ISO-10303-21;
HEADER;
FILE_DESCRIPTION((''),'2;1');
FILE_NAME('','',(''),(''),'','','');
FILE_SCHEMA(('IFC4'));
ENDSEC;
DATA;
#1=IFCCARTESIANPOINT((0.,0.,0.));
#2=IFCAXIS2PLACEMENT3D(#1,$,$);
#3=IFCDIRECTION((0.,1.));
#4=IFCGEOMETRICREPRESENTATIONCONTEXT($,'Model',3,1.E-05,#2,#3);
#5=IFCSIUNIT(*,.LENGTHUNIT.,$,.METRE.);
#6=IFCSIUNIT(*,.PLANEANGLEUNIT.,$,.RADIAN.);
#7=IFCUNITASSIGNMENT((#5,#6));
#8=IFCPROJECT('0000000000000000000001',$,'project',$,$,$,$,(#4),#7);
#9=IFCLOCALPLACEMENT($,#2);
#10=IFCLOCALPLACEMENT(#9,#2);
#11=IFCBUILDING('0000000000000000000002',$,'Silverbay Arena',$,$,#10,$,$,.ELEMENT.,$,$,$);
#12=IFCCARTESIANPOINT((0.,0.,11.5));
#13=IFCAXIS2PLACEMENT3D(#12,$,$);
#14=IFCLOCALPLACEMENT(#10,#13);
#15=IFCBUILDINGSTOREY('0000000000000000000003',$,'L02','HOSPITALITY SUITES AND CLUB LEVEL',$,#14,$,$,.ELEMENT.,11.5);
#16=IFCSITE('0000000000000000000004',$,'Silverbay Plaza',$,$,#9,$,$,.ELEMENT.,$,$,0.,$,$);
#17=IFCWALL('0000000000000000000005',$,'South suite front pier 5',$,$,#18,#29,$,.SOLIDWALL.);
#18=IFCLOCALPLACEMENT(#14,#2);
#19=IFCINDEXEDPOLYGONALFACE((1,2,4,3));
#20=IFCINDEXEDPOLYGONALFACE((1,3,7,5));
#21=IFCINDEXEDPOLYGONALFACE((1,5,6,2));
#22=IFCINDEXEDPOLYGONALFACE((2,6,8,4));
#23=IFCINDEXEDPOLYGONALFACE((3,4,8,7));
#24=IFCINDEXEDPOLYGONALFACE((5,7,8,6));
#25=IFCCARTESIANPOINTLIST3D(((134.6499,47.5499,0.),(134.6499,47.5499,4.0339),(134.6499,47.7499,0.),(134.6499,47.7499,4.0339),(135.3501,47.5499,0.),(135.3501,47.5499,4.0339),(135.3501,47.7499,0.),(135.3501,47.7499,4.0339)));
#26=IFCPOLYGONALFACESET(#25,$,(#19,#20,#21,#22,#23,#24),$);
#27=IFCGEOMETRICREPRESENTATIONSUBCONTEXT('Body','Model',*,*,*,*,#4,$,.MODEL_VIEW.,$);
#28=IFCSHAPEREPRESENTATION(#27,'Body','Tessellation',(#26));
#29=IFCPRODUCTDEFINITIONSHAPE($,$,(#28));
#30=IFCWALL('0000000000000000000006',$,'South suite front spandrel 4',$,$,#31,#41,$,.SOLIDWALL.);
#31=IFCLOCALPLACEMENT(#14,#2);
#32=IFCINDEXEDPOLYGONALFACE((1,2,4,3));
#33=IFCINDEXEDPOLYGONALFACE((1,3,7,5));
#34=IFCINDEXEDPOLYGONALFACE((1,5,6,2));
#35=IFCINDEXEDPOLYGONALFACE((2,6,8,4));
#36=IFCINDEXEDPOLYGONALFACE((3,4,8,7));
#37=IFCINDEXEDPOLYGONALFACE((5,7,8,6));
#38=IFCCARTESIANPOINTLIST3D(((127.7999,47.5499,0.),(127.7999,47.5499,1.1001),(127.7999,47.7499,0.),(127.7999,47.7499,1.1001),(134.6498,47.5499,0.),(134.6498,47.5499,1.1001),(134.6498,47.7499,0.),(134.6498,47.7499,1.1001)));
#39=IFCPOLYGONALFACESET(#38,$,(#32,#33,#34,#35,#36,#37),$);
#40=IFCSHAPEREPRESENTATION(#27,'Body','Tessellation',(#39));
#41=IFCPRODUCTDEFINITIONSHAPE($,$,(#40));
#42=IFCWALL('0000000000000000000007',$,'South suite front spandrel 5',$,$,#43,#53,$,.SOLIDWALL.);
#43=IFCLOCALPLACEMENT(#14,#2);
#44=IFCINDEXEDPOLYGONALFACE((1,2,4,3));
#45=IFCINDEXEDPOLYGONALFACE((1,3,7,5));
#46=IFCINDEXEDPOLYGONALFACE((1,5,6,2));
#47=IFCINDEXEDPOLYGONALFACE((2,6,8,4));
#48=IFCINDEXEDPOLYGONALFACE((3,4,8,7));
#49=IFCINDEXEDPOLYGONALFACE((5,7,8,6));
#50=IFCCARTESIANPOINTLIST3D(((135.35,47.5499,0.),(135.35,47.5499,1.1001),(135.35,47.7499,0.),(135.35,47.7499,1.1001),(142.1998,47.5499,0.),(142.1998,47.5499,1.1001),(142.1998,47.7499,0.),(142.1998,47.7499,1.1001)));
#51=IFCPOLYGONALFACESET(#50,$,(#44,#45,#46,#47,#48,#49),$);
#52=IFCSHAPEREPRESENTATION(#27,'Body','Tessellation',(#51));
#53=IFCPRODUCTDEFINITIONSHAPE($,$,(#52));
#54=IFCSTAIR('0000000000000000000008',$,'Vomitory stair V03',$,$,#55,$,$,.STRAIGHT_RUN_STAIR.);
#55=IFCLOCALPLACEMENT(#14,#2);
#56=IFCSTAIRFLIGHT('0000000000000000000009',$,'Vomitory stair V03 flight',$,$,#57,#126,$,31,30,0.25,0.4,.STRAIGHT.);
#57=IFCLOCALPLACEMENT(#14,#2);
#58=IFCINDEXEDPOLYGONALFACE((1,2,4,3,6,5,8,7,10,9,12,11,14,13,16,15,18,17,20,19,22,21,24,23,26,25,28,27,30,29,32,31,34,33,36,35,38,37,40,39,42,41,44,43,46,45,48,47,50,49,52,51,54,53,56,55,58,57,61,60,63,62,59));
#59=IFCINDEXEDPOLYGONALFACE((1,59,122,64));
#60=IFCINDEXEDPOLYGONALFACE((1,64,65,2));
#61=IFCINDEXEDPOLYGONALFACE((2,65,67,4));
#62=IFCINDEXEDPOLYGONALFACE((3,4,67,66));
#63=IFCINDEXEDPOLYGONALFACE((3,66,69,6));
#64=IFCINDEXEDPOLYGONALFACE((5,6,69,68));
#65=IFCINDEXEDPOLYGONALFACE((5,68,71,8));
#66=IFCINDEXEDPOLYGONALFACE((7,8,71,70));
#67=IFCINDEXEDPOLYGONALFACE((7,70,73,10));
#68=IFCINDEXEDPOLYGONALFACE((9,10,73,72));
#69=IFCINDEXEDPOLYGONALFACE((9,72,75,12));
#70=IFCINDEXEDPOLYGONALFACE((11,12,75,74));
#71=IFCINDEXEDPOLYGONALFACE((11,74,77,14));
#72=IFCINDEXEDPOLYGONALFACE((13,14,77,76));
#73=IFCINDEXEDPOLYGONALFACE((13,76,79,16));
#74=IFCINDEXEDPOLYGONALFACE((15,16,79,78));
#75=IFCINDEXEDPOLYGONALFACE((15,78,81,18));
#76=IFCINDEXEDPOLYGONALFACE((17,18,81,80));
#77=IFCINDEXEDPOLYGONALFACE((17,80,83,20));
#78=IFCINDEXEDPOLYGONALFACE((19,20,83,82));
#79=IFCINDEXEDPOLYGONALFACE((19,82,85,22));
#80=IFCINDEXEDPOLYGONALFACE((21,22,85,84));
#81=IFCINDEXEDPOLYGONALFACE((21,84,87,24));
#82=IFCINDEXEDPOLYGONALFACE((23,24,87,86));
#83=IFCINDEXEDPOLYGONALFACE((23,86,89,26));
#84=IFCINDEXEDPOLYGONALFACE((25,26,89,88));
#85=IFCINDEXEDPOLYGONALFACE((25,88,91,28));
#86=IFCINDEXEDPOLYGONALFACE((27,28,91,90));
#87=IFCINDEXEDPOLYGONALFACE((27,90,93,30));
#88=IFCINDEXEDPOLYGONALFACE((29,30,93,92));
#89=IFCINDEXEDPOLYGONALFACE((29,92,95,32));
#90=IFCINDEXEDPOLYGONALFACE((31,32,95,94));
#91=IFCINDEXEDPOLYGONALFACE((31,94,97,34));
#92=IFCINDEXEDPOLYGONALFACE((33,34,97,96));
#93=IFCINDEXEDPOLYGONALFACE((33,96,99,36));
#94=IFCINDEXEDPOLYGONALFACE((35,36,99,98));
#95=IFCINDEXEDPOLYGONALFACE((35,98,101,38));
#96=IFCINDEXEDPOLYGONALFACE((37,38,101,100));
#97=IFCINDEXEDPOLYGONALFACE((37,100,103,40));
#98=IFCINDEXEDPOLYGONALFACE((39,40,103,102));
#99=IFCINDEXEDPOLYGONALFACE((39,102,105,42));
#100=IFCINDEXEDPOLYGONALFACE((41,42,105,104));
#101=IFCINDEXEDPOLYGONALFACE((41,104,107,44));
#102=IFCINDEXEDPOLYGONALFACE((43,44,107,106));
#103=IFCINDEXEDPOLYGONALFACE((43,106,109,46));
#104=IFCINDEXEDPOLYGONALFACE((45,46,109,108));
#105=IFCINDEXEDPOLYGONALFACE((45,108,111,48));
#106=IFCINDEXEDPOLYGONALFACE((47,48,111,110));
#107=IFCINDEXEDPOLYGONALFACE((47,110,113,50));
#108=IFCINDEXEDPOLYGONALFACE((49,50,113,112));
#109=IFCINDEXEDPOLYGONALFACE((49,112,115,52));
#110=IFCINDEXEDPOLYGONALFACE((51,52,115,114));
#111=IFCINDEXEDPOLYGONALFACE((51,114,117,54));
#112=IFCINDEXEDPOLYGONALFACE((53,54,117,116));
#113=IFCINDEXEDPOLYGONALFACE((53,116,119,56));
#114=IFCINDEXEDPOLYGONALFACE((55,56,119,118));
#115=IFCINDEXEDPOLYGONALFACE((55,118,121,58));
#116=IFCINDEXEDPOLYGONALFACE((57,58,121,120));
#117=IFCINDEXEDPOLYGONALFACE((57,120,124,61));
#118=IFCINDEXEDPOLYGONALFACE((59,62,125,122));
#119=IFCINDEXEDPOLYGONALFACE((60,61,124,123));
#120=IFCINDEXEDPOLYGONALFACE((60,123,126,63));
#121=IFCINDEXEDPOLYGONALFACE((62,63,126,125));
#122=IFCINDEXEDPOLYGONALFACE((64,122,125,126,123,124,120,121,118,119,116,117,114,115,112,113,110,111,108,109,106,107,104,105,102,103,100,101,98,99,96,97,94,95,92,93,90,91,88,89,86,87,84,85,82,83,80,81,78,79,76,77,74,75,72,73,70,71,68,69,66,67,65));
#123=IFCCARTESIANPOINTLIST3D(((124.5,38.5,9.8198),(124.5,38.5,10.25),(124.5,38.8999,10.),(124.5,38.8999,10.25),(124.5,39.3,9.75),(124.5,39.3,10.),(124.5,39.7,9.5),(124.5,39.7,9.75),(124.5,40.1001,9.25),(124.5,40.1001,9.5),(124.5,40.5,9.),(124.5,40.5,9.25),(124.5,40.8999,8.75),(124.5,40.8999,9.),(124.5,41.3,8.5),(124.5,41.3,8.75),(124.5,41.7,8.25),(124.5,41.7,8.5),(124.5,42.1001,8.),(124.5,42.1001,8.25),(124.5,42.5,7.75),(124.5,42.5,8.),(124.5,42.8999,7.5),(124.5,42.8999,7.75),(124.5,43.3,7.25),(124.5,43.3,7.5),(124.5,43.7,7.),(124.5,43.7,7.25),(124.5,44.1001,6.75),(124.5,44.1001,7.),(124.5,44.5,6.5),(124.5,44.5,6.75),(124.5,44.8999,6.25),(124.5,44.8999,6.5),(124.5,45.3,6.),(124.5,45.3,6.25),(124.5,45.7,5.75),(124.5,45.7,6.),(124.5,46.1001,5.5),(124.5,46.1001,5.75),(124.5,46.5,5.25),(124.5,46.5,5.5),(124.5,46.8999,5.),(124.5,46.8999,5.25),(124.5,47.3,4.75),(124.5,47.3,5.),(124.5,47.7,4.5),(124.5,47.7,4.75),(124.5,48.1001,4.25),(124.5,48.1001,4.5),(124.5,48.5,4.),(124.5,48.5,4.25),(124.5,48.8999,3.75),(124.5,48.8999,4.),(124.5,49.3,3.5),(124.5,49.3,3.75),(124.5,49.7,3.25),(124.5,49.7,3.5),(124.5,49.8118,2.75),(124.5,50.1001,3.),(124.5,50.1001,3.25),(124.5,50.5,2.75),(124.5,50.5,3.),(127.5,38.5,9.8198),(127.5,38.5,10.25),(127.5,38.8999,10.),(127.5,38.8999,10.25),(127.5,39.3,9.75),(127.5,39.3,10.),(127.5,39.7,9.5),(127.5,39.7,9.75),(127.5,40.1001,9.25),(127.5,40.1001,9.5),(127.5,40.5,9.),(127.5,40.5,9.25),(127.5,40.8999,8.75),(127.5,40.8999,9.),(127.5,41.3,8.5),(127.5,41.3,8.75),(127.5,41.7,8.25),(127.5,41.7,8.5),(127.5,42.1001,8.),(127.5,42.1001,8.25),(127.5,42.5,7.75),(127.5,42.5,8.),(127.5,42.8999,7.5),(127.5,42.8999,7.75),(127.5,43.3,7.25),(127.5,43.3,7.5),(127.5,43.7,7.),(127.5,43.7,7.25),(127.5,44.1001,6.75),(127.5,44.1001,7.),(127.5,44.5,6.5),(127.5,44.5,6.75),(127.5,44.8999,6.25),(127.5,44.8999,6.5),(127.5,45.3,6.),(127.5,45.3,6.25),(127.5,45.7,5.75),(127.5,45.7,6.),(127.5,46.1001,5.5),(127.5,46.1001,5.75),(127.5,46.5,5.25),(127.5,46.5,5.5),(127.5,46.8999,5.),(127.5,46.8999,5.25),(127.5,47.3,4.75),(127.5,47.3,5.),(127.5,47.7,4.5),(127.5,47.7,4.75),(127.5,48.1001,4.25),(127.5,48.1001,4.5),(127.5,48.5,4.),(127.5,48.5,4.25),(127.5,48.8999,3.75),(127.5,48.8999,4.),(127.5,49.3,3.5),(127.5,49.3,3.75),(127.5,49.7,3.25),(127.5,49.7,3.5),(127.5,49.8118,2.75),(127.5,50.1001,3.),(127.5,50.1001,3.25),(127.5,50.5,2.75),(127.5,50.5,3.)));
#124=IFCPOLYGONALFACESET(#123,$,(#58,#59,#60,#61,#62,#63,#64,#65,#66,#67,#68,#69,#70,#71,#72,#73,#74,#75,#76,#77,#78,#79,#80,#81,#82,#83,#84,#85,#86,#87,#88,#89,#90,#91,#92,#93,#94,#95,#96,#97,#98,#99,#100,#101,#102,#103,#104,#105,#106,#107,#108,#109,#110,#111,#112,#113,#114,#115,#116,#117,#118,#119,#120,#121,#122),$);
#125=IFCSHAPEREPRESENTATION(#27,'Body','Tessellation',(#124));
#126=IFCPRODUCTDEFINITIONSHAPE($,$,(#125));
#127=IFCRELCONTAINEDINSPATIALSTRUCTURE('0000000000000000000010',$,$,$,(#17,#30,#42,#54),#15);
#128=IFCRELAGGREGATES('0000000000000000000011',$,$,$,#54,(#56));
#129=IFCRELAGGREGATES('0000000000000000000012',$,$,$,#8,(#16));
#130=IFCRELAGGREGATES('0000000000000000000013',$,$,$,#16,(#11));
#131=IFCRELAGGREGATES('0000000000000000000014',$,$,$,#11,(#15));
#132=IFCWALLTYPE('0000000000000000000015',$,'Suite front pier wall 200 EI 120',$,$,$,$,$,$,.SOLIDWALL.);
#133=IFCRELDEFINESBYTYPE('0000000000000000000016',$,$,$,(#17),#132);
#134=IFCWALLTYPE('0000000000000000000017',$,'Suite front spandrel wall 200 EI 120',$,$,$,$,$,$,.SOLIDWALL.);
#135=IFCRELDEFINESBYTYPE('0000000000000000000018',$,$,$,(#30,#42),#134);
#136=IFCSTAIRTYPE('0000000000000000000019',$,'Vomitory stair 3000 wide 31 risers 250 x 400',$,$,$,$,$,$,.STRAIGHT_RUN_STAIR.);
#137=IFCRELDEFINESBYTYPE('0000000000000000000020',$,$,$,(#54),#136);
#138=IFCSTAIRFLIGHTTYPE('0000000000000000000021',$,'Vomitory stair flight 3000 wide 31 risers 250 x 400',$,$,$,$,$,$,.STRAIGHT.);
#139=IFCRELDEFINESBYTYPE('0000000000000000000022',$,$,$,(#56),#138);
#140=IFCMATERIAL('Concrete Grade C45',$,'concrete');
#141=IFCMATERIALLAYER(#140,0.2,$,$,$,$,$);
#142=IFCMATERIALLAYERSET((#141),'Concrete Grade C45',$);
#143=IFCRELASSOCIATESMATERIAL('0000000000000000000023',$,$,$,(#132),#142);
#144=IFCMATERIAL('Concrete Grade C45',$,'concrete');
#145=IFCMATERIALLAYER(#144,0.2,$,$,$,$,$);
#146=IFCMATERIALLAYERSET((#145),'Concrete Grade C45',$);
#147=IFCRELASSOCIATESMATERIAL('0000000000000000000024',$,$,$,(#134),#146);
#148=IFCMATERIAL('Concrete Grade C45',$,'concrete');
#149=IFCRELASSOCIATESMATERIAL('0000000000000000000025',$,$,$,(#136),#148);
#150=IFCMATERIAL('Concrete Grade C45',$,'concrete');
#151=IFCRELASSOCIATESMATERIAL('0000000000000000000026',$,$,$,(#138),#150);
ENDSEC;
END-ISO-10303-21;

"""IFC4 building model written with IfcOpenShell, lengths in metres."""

from ifc_helpers import new_model, si_unit, direction, frame, frame_2d, origin, place, context, subcontext, project, spatial, polyline, rectangle, outline, extrude, material, layer, layer_set, type_object, element, aggregate, save


model = new_model("IFC4")

# Units and contexts
model_context = context("Model", 3, precision=1e-05, world=origin(), true_north=direction((0.0, 1.0)))
body_context = subcontext(model_context, "Body", "Model", "MODEL_VIEW")
ifc_project = project(units=[si_unit("LENGTHUNIT", "METRE"), si_unit("PLANEANGLEUNIT", "RADIAN")], contexts=[model_context])

# Site, building, storey
site_placement = place(None, origin())
site = spatial("IfcSite", under=ifc_project, at=site_placement, Name="Silverbay Plaza", CompositionType="ELEMENT", RefElevation=0.0)
building_placement = place(site_placement, origin())
building = spatial("IfcBuilding", under=site, at=building_placement, Name="Silverbay Arena", CompositionType="ELEMENT")
storey_placement = place(building_placement, frame((0.0, 0.0, 11.5)))
storey = spatial("IfcBuildingStorey", under=building, at=storey_placement, Name="L02", Description="HOSPITALITY SUITES AND CLUB LEVEL", CompositionType="ELEMENT", Elevation=11.5)

# Walls
ifc_material_1 = material(Name="Concrete Grade C45", Category="concrete")
ifc_layer_1 = layer(ifc_material_1, 0.2)
ifc_layer_set_1 = layer_set([ifc_layer_1], Name="Concrete Grade C45")
wall_type_1 = type_object("IfcWallType", Name="Suite front pier wall 200 EI 120", PredefinedType="SOLIDWALL", material=ifc_layer_set_1)
wall_1_placement = place(storey_placement, frame((134.6499, 47.6499, 0.0), z_axis=(0.0, 0.0, 1.0), x_axis=(1.0, 0.0, 0.0)))
element("IfcWall", 1, at=wall_1_placement, inside=storey, type_object=wall_type_1, Name="South suite front pier 5", PredefinedType="SOLIDWALL", context=body_context, shape_type="SweptSolid", body=[
    extrude(rectangle(XDim=0.7002, YDim=0.2, at=frame_2d((0.3501, 0.0))), origin(), (0.0, 0.0, 1.0), 4.0339),
])
ifc_material_2 = material(Name="Concrete Grade C45", Category="concrete")
ifc_layer_2 = layer(ifc_material_2, 0.2)
ifc_layer_set_2 = layer_set([ifc_layer_2], Name="Concrete Grade C45")
wall_type_2 = type_object("IfcWallType", Name="Suite front spandrel wall 200 EI 120", PredefinedType="SOLIDWALL", material=ifc_layer_set_2)
for number, where, z_axis, x_axis, name in (
    (2, (127.8, 47.6499, 0.0), (0.0, 0.0, 1.0), (1.0, 0.0, 0.0), "South suite front spandrel 4"),
    (3, (135.3501, 47.6499, 0.0), (0.0, 0.0, 1.0), (1.0, 0.0, 0.0), "South suite front spandrel 5"),
):
    element("IfcWall", number, at=place(storey_placement, frame(where, z_axis=z_axis, x_axis=x_axis)), inside=storey, type_object=wall_type_2, Name=name, PredefinedType="SOLIDWALL", context=body_context, shape_type="SweptSolid", body=[
        extrude(rectangle(XDim=6.8499, YDim=0.2, at=frame_2d((3.4248, 0.0))), origin(), (0.0, 0.0, 1.0), 1.1001),
    ])

# Stair, stair flight
ifc_material_3 = material(Name="Concrete Grade C45", Category="concrete")
stair_type = type_object("IfcStairType", Name="Vomitory stair 3000 wide 31 risers 250 x 400", PredefinedType="STRAIGHT_RUN_STAIR", material=ifc_material_3)
stair_placement = place(storey_placement, origin())
stair = element("IfcStair", 4, at=stair_placement, inside=storey, type_object=stair_type, Name="Vomitory stair V03", PredefinedType="STRAIGHT_RUN_STAIR")
ifc_material_4 = material(Name="Concrete Grade C45", Category="concrete")
stair_flight_type = type_object("IfcStairFlightType", Name="Vomitory stair flight 3000 wide 31 risers 250 x 400", PredefinedType="STRAIGHT", material=ifc_material_4)
stair_flight_placement = place(storey_placement, frame((126.0, 50.5, 2.75), z_axis=(0.0, 0.0, 1.0), x_axis=(0.0, -1.0, 0.0)))
stair_flight = element("IfcStairFlight", 5, at=stair_flight_placement, type_object=stair_flight_type, Name="Vomitory stair V03 flight", NumberOfRisers=31, NumberOfTreads=30, PredefinedType="STRAIGHT", RiserHeight=0.25, TreadLength=0.4, context=body_context, shape_type="SweptSolid", body=[
    extrude(outline(polyline([(0.0, 0.0), (0.0, 0.25), (0.3999, 0.25), (0.3999, 0.5), (0.8, 0.5), (0.8, 0.75), (1.2, 0.75), (1.2, 1.0), (1.6001, 1.0), (1.6001, 1.25), (2.0, 1.25), (2.0, 1.5), (2.3999, 1.5), (2.3999, 1.75), (2.8, 1.75), (2.8, 2.0), (3.2, 2.0), (3.2, 2.25), (3.6001, 2.25), (3.6001, 2.5), (4.0, 2.5), (4.0, 2.75), (4.3999, 2.75), (4.3999, 3.0), (4.8, 3.0), (4.8, 3.25), (5.2, 3.25), (5.2, 3.5), (5.6001, 3.5), (5.6001, 3.75), (6.0, 3.75), (6.0, 4.0), (6.3999, 4.0), (6.3999, 4.25), (6.8, 4.25), (6.8, 4.5), (7.2, 4.5), (7.2, 4.75), (7.6001, 4.75), (7.6001, 5.0), (8.0, 5.0), (8.0, 5.25), (8.3999, 5.25), (8.3999, 5.5), (8.8, 5.5), (8.8, 5.75), (9.2, 5.75), (9.2, 6.0), (9.6001, 6.0), (9.6001, 6.25), (10.0, 6.25), (10.0, 6.5), (10.3999, 6.5), (10.3999, 6.75), (10.8, 6.75), (10.8, 7.0), (11.2, 7.0), (11.2, 7.25), (11.6001, 7.25), (11.6001, 7.5), (12.0, 7.5), (12.0, 7.0698), (0.6882, 0.0), (0.0, 0.0)])), frame((0.0, 1.5, 0.0), z_axis=(0.0, -1.0, 0.0), x_axis=(1.0, 0.0, 0.0)), (0.0, 0.0, 1.0), 3.0),
])
aggregate(stair, [stair_flight])

save(model, "model.ifc")
